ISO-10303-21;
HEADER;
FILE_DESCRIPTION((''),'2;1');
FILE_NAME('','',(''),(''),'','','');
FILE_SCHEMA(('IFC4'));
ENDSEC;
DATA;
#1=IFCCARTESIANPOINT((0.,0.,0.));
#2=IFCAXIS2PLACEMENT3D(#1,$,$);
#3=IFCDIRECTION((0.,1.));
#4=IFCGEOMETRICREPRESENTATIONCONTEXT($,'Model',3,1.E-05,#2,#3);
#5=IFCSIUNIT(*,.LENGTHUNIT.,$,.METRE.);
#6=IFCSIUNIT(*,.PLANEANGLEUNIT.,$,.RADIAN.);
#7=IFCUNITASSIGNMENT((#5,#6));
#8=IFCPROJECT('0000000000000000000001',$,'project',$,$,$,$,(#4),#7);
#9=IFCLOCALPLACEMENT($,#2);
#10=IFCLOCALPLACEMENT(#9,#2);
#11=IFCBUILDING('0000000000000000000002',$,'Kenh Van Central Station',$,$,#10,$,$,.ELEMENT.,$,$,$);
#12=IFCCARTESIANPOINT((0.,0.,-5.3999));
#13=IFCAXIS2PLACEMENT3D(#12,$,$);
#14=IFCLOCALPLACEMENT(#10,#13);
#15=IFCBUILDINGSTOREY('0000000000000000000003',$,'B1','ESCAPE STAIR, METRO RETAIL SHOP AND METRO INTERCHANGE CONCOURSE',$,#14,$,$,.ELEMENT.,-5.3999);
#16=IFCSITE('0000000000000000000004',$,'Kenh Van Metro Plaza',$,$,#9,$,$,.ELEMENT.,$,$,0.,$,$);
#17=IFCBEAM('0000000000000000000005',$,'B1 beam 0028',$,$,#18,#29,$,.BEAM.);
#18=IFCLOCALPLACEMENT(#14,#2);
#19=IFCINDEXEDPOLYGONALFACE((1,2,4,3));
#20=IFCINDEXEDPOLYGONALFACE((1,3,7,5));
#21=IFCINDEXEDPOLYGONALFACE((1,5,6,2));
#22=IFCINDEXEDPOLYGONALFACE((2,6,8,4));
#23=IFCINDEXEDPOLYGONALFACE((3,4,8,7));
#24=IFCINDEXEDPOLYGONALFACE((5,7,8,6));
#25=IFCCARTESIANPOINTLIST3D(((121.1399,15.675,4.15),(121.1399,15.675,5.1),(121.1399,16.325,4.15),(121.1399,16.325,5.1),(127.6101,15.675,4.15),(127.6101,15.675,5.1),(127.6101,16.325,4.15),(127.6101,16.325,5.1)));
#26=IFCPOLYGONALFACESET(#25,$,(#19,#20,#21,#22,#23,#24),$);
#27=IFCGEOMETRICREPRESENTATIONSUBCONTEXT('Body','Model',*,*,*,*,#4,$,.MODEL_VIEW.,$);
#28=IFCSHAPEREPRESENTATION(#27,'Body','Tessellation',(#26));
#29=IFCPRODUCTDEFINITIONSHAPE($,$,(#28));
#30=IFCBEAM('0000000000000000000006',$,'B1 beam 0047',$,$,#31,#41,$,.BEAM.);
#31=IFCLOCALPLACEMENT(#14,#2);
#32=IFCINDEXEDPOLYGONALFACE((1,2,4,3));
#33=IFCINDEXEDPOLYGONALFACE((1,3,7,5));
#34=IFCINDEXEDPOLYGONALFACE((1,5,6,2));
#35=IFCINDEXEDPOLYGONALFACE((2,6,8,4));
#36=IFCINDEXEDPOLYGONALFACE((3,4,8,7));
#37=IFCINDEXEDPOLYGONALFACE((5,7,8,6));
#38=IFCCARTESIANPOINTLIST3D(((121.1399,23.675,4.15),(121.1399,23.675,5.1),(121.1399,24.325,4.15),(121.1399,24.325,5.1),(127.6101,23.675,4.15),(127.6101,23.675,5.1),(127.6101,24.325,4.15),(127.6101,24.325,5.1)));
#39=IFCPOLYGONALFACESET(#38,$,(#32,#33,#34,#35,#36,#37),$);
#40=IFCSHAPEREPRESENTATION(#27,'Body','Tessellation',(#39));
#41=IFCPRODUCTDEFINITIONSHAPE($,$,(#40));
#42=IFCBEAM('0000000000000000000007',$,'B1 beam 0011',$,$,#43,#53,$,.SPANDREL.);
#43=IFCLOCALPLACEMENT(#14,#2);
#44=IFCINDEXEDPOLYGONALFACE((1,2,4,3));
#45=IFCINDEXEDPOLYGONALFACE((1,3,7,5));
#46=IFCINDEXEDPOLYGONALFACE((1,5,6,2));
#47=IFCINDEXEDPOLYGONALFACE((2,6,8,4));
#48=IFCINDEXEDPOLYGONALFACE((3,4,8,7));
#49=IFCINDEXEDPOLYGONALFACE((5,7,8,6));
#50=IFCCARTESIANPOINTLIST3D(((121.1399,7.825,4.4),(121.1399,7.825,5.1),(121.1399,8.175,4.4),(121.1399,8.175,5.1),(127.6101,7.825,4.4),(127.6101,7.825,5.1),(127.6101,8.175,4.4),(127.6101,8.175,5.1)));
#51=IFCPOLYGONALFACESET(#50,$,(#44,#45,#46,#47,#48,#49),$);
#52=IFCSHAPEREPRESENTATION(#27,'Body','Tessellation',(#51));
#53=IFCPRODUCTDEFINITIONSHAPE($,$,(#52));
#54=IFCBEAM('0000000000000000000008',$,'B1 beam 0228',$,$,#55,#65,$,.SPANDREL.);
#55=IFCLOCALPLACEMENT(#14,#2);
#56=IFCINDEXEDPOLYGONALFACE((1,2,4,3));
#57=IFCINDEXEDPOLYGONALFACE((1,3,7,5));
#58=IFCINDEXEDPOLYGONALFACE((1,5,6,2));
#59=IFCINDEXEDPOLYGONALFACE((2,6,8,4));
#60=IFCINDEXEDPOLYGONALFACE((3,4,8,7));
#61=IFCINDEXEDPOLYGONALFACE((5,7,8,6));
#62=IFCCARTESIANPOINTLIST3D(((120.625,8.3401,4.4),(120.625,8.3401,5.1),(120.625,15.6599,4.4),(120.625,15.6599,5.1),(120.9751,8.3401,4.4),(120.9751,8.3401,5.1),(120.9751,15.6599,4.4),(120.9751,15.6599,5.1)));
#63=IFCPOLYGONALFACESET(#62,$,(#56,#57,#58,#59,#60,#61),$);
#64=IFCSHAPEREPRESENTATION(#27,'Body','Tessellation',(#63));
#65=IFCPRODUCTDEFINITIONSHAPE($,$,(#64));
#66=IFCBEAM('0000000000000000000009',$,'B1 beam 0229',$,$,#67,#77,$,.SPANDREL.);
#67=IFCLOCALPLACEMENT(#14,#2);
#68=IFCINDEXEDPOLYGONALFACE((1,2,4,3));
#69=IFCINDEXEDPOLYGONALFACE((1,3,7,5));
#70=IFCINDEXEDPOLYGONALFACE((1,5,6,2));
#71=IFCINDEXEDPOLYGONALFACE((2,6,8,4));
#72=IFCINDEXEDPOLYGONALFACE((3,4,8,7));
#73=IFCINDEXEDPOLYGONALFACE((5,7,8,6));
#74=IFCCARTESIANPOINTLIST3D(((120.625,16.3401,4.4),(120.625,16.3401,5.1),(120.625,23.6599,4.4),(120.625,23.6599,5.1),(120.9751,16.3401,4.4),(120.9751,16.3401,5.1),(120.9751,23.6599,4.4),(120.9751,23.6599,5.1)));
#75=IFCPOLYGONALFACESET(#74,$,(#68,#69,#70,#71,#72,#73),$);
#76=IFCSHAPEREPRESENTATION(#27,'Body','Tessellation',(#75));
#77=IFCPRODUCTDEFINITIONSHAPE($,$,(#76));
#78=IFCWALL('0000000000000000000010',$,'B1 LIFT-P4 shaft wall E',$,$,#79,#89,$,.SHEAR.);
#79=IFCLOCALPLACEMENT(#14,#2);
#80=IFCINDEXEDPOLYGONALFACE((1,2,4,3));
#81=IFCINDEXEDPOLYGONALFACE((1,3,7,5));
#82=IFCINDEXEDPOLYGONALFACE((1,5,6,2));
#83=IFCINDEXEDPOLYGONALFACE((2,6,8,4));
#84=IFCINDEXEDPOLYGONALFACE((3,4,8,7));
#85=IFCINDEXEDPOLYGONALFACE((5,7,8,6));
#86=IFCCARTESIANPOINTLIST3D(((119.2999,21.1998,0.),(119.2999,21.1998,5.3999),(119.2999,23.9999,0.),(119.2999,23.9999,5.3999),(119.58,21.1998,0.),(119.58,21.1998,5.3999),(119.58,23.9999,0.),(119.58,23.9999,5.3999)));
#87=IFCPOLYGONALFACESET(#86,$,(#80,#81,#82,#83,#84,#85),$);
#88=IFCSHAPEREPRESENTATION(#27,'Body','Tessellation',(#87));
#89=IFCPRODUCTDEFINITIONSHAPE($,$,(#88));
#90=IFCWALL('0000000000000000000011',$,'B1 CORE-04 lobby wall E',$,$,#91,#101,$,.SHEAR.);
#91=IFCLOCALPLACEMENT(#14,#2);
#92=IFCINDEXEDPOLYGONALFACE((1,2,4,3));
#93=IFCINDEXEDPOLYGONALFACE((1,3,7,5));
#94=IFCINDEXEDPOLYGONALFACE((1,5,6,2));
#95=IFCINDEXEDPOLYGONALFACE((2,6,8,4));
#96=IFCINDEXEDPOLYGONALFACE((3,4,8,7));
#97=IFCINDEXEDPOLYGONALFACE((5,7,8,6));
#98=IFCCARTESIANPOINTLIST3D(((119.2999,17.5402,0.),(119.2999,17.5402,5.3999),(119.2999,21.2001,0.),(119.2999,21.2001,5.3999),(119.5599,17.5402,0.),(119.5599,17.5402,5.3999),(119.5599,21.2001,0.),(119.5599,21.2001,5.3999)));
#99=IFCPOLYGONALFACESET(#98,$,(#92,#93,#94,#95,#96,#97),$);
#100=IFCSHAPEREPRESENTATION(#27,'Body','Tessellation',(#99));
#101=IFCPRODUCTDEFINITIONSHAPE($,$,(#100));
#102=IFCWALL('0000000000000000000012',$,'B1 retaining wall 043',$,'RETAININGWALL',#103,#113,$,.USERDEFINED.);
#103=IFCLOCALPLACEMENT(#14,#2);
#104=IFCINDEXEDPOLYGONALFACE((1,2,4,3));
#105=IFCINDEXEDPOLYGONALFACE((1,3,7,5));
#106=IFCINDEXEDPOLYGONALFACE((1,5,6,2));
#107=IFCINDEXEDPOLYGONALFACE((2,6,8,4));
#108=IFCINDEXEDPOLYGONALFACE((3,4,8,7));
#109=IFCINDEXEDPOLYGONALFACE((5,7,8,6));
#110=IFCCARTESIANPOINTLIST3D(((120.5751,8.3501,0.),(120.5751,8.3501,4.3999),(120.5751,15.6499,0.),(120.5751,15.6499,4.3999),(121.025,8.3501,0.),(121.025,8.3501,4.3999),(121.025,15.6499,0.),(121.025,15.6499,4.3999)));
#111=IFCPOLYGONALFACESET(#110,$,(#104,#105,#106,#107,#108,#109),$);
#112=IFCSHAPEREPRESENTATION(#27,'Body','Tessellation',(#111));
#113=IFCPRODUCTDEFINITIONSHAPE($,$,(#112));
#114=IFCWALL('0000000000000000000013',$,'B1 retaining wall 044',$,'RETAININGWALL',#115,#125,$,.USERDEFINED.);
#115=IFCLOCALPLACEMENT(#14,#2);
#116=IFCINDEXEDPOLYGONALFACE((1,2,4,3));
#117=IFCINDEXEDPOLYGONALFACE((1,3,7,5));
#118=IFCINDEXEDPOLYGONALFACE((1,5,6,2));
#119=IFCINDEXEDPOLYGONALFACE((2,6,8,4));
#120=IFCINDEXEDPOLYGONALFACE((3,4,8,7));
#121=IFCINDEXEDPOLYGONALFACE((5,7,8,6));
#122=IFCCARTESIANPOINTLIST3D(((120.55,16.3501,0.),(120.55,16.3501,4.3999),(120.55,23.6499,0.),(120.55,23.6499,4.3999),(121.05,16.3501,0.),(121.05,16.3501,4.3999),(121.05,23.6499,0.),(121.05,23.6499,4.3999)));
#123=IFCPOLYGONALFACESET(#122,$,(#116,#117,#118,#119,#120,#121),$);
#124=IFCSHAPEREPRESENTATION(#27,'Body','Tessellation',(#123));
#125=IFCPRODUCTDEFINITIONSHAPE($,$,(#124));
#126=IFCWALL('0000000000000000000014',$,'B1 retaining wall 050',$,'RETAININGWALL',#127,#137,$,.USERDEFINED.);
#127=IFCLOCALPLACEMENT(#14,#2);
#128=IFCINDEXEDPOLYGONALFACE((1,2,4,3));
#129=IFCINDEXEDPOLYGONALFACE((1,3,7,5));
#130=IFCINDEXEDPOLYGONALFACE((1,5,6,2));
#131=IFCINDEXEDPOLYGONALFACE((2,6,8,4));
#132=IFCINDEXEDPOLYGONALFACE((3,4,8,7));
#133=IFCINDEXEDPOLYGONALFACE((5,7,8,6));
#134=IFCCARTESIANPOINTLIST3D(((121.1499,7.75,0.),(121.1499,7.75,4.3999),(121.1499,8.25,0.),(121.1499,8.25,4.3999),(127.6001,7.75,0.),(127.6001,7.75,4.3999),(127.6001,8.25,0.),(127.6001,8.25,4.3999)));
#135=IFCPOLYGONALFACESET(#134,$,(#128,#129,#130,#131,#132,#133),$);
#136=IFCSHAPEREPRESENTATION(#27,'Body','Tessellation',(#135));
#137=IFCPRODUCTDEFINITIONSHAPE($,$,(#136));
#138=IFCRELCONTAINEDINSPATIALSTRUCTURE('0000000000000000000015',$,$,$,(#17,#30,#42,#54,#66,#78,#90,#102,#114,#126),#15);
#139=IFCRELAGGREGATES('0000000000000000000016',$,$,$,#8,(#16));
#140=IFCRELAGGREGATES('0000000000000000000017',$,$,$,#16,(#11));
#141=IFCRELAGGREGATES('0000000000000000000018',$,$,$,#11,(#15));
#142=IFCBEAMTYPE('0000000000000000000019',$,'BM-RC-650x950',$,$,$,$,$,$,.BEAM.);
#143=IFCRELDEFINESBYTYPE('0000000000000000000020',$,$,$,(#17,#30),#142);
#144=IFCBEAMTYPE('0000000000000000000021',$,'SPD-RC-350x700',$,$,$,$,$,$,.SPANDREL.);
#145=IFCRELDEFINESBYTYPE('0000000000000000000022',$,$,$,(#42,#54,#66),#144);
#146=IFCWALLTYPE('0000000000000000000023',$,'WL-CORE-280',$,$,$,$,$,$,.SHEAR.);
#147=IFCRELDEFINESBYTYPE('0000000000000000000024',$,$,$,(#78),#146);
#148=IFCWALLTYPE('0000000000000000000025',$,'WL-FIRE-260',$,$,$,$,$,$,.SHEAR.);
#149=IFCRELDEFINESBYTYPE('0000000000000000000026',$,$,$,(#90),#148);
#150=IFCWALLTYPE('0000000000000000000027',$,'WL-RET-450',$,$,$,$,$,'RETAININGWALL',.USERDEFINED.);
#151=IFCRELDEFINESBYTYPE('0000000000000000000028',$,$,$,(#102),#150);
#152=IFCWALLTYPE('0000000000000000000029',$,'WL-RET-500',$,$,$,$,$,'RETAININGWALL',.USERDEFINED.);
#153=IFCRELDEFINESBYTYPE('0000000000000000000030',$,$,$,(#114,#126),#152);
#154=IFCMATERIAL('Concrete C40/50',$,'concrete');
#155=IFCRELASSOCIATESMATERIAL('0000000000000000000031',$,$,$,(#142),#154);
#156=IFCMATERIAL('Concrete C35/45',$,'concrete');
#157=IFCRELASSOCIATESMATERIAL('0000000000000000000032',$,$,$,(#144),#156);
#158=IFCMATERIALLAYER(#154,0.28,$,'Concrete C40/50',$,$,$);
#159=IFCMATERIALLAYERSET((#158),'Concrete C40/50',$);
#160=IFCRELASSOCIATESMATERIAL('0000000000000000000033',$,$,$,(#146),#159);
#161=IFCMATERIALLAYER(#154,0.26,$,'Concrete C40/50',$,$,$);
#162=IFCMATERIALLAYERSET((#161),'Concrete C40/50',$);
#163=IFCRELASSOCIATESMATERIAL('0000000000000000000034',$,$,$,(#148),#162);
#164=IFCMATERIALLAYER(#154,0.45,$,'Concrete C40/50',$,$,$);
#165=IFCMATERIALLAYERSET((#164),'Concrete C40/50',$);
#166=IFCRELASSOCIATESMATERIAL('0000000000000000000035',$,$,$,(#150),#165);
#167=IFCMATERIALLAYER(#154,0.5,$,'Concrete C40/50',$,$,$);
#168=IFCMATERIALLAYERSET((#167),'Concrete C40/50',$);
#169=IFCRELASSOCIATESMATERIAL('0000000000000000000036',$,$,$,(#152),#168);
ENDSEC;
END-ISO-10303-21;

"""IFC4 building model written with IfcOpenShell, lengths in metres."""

from ifc_helpers import new_model, si_unit, direction, frame, frame_2d, origin, origin_2d, place, context, subcontext, project, spatial, rectangle, extrude, material, layer, layer_set, material_profile, profile_set, type_object, element, save


model = new_model("IFC4")

# Units and contexts
model_context = context("Model", 3, precision=1e-05, world=origin(), true_north=direction((0.0, 1.0)))
body_context = subcontext(model_context, "Body", "Model", "MODEL_VIEW")
ifc_project = project(units=[si_unit("LENGTHUNIT", "METRE"), si_unit("PLANEANGLEUNIT", "RADIAN")], contexts=[model_context])

# Site, building, storey
site_placement = place(None, origin())
site = spatial("IfcSite", under=ifc_project, at=site_placement, Name="Kenh Van Metro Plaza", CompositionType="ELEMENT", RefElevation=0.0)
building_placement = place(site_placement, origin())
building = spatial("IfcBuilding", under=site, at=building_placement, Name="Kenh Van Central Station", CompositionType="ELEMENT")
storey_placement = place(building_placement, frame((0.0, 0.0, -5.3999)))
storey = spatial("IfcBuildingStorey", under=building, at=storey_placement, Name="B1", Description="ESCAPE STAIR, METRO RETAIL SHOP AND METRO INTERCHANGE CONCOURSE", CompositionType="ELEMENT", Elevation=-5.3999)

# Shared definitions
ifc_material_1 = material(Name="Concrete C40/50", Category="concrete")

# Beams
ifc_material_profile_1 = material_profile(ifc_material_1, rectangle(XDim=0.6499, YDim=0.95, at=origin_2d()), Name="RC 650x950")
ifc_profile_set_1 = profile_set([ifc_material_profile_1], Name="Concrete C40/50")
beam_type_1 = type_object("IfcBeamType", Name="BM-RC-650x950", PredefinedType="BEAM", material=ifc_profile_set_1)
for number, where, z_axis, x_axis, name in (
    (1, (121.1399, 16.0, 4.625), (1.0, 0.0, 0.0), (0.0, 1.0, 0.0), "B1 beam 0028"),
    (2, (121.1399, 24.0, 4.625), (1.0, 0.0, 0.0), (0.0, 1.0, 0.0), "B1 beam 0047"),
):
    element("IfcBeam", number, at=place(storey_placement, frame(where, z_axis=z_axis, x_axis=x_axis)), inside=storey, type_object=beam_type_1, Name=name, PredefinedType="BEAM", context=body_context, shape_type="SweptSolid", body=[
        extrude(rectangle(XDim=0.6499, YDim=0.95, at=origin_2d()), origin(), (0.0, 0.0, 1.0), 6.4702),
    ])
ifc_material_2 = material(Name="Concrete C35/45", Category="concrete")
ifc_material_profile_2 = material_profile(ifc_material_2, rectangle(XDim=0.3501, YDim=0.7, at=origin_2d()), Name="RC 350x700")
ifc_profile_set_2 = profile_set([ifc_material_profile_2], Name="Concrete C35/45")
beam_type_2 = type_object("IfcBeamType", Name="SPD-RC-350x700", PredefinedType="SPANDREL", material=ifc_profile_set_2)
beam_placement = place(storey_placement, frame((121.1399, 8.0, 4.75), z_axis=(1.0, 0.0, 0.0), x_axis=(0.0, 1.0, 0.0)))
element("IfcBeam", 3, at=beam_placement, inside=storey, type_object=beam_type_2, Name="B1 beam 0011", PredefinedType="SPANDREL", context=body_context, shape_type="SweptSolid", body=[
    extrude(rectangle(XDim=0.3501, YDim=0.7, at=origin_2d()), origin(), (0.0, 0.0, 1.0), 6.4702),
])
for number, where, z_axis, x_axis, name in (
    (4, (120.8, 8.3401, 4.75), (0.0, 1.0, 0.0), (-1.0, 0.0, 0.0), "B1 beam 0228"),
    (5, (120.8, 16.3401, 4.75), (0.0, 1.0, 0.0), (-1.0, 0.0, 0.0), "B1 beam 0229"),
):
    element("IfcBeam", number, at=place(storey_placement, frame(where, z_axis=z_axis, x_axis=x_axis)), inside=storey, type_object=beam_type_2, Name=name, PredefinedType="SPANDREL", context=body_context, shape_type="SweptSolid", body=[
        extrude(rectangle(XDim=0.3501, YDim=0.7, at=origin_2d()), origin(), (0.0, 0.0, 1.0), 7.3198),
    ])

# Walls
ifc_layer_1 = layer(ifc_material_1, 0.28, Name="Concrete C40/50")
ifc_layer_set_1 = layer_set([ifc_layer_1], Name="Concrete C40/50")
wall_type_1 = type_object("IfcWallType", Name="WL-CORE-280", PredefinedType="SHEAR", material=ifc_layer_set_1)
wall_1_placement = place(storey_placement, frame((119.4399, 21.2, 0.0), z_axis=(0.0, 0.0, 1.0), x_axis=(0.0, 1.0, 0.0)))
element("IfcWall", 6, at=wall_1_placement, inside=storey, type_object=wall_type_1, Name="B1 LIFT-P4 shaft wall E", PredefinedType="SHEAR", context=body_context, shape_type="SweptSolid", body=[
    extrude(rectangle(XDim=2.8, YDim=0.28, at=frame_2d((1.3999, 0.0))), origin(), (0.0, 0.0, 1.0), 5.3999),
])
ifc_layer_2 = layer(ifc_material_1, 0.26, Name="Concrete C40/50")
ifc_layer_set_2 = layer_set([ifc_layer_2], Name="Concrete C40/50")
wall_type_2 = type_object("IfcWallType", Name="WL-FIRE-260", PredefinedType="SHEAR", material=ifc_layer_set_2)
wall_2_placement = place(storey_placement, frame((119.4299, 17.54, 0.0), z_axis=(0.0, 0.0, 1.0), x_axis=(0.0, 1.0, 0.0)))
element("IfcWall", 7, at=wall_2_placement, inside=storey, type_object=wall_type_2, Name="B1 CORE-04 lobby wall E", PredefinedType="SHEAR", context=body_context, shape_type="SweptSolid", body=[
    extrude(rectangle(XDim=3.6599, YDim=0.26, at=frame_2d((1.8301, 0.0))), origin(), (0.0, 0.0, 1.0), 5.3999),
])
ifc_layer_3 = layer(ifc_material_1, 0.45, Name="Concrete C40/50")
ifc_layer_set_3 = layer_set([ifc_layer_3], Name="Concrete C40/50")
wall_type_3 = type_object("IfcWallType", Name="WL-RET-450", ElementType="RETAININGWALL", PredefinedType="USERDEFINED", material=ifc_layer_set_3)
wall_3_placement = place(storey_placement, frame((120.8, 8.3501, 0.0), z_axis=(0.0, 0.0, 1.0), x_axis=(0.0, 1.0, 0.0)))
element("IfcWall", 8, at=wall_3_placement, inside=storey, type_object=wall_type_3, Name="B1 retaining wall 043", ObjectType="RETAININGWALL", PredefinedType="USERDEFINED", context=body_context, shape_type="SweptSolid", body=[
    extrude(rectangle(XDim=7.2998, YDim=0.45, at=frame_2d((3.6499, 0.0))), origin(), (0.0, 0.0, 1.0), 4.3999),
])
ifc_layer_4 = layer(ifc_material_1, 0.5, Name="Concrete C40/50")
ifc_layer_set_4 = layer_set([ifc_layer_4], Name="Concrete C40/50")
wall_type_4 = type_object("IfcWallType", Name="WL-RET-500", ElementType="RETAININGWALL", PredefinedType="USERDEFINED", material=ifc_layer_set_4)
wall_4_placement = place(storey_placement, frame((120.8, 16.3501, 0.0), z_axis=(0.0, 0.0, 1.0), x_axis=(0.0, 1.0, 0.0)))
element("IfcWall", 9, at=wall_4_placement, inside=storey, type_object=wall_type_4, Name="B1 retaining wall 044", ObjectType="RETAININGWALL", PredefinedType="USERDEFINED", context=body_context, shape_type="SweptSolid", body=[
    extrude(rectangle(XDim=7.2998, YDim=0.5, at=frame_2d((3.6499, 0.0))), origin(), (0.0, 0.0, 1.0), 4.3999),
])
wall_5_placement = place(storey_placement, frame((121.1499, 8.0, 0.0), z_axis=(0.0, 0.0, 1.0), x_axis=(1.0, 0.0, 0.0)))
element("IfcWall", 10, at=wall_5_placement, inside=storey, type_object=wall_type_4, Name="B1 retaining wall 050", ObjectType="RETAININGWALL", PredefinedType="USERDEFINED", context=body_context, shape_type="SweptSolid", body=[
    extrude(rectangle(XDim=6.4502, YDim=0.5, at=frame_2d((3.2251, 0.0))), origin(), (0.0, 0.0, 1.0), 4.3999),
])

save(model, "model.ifc")
